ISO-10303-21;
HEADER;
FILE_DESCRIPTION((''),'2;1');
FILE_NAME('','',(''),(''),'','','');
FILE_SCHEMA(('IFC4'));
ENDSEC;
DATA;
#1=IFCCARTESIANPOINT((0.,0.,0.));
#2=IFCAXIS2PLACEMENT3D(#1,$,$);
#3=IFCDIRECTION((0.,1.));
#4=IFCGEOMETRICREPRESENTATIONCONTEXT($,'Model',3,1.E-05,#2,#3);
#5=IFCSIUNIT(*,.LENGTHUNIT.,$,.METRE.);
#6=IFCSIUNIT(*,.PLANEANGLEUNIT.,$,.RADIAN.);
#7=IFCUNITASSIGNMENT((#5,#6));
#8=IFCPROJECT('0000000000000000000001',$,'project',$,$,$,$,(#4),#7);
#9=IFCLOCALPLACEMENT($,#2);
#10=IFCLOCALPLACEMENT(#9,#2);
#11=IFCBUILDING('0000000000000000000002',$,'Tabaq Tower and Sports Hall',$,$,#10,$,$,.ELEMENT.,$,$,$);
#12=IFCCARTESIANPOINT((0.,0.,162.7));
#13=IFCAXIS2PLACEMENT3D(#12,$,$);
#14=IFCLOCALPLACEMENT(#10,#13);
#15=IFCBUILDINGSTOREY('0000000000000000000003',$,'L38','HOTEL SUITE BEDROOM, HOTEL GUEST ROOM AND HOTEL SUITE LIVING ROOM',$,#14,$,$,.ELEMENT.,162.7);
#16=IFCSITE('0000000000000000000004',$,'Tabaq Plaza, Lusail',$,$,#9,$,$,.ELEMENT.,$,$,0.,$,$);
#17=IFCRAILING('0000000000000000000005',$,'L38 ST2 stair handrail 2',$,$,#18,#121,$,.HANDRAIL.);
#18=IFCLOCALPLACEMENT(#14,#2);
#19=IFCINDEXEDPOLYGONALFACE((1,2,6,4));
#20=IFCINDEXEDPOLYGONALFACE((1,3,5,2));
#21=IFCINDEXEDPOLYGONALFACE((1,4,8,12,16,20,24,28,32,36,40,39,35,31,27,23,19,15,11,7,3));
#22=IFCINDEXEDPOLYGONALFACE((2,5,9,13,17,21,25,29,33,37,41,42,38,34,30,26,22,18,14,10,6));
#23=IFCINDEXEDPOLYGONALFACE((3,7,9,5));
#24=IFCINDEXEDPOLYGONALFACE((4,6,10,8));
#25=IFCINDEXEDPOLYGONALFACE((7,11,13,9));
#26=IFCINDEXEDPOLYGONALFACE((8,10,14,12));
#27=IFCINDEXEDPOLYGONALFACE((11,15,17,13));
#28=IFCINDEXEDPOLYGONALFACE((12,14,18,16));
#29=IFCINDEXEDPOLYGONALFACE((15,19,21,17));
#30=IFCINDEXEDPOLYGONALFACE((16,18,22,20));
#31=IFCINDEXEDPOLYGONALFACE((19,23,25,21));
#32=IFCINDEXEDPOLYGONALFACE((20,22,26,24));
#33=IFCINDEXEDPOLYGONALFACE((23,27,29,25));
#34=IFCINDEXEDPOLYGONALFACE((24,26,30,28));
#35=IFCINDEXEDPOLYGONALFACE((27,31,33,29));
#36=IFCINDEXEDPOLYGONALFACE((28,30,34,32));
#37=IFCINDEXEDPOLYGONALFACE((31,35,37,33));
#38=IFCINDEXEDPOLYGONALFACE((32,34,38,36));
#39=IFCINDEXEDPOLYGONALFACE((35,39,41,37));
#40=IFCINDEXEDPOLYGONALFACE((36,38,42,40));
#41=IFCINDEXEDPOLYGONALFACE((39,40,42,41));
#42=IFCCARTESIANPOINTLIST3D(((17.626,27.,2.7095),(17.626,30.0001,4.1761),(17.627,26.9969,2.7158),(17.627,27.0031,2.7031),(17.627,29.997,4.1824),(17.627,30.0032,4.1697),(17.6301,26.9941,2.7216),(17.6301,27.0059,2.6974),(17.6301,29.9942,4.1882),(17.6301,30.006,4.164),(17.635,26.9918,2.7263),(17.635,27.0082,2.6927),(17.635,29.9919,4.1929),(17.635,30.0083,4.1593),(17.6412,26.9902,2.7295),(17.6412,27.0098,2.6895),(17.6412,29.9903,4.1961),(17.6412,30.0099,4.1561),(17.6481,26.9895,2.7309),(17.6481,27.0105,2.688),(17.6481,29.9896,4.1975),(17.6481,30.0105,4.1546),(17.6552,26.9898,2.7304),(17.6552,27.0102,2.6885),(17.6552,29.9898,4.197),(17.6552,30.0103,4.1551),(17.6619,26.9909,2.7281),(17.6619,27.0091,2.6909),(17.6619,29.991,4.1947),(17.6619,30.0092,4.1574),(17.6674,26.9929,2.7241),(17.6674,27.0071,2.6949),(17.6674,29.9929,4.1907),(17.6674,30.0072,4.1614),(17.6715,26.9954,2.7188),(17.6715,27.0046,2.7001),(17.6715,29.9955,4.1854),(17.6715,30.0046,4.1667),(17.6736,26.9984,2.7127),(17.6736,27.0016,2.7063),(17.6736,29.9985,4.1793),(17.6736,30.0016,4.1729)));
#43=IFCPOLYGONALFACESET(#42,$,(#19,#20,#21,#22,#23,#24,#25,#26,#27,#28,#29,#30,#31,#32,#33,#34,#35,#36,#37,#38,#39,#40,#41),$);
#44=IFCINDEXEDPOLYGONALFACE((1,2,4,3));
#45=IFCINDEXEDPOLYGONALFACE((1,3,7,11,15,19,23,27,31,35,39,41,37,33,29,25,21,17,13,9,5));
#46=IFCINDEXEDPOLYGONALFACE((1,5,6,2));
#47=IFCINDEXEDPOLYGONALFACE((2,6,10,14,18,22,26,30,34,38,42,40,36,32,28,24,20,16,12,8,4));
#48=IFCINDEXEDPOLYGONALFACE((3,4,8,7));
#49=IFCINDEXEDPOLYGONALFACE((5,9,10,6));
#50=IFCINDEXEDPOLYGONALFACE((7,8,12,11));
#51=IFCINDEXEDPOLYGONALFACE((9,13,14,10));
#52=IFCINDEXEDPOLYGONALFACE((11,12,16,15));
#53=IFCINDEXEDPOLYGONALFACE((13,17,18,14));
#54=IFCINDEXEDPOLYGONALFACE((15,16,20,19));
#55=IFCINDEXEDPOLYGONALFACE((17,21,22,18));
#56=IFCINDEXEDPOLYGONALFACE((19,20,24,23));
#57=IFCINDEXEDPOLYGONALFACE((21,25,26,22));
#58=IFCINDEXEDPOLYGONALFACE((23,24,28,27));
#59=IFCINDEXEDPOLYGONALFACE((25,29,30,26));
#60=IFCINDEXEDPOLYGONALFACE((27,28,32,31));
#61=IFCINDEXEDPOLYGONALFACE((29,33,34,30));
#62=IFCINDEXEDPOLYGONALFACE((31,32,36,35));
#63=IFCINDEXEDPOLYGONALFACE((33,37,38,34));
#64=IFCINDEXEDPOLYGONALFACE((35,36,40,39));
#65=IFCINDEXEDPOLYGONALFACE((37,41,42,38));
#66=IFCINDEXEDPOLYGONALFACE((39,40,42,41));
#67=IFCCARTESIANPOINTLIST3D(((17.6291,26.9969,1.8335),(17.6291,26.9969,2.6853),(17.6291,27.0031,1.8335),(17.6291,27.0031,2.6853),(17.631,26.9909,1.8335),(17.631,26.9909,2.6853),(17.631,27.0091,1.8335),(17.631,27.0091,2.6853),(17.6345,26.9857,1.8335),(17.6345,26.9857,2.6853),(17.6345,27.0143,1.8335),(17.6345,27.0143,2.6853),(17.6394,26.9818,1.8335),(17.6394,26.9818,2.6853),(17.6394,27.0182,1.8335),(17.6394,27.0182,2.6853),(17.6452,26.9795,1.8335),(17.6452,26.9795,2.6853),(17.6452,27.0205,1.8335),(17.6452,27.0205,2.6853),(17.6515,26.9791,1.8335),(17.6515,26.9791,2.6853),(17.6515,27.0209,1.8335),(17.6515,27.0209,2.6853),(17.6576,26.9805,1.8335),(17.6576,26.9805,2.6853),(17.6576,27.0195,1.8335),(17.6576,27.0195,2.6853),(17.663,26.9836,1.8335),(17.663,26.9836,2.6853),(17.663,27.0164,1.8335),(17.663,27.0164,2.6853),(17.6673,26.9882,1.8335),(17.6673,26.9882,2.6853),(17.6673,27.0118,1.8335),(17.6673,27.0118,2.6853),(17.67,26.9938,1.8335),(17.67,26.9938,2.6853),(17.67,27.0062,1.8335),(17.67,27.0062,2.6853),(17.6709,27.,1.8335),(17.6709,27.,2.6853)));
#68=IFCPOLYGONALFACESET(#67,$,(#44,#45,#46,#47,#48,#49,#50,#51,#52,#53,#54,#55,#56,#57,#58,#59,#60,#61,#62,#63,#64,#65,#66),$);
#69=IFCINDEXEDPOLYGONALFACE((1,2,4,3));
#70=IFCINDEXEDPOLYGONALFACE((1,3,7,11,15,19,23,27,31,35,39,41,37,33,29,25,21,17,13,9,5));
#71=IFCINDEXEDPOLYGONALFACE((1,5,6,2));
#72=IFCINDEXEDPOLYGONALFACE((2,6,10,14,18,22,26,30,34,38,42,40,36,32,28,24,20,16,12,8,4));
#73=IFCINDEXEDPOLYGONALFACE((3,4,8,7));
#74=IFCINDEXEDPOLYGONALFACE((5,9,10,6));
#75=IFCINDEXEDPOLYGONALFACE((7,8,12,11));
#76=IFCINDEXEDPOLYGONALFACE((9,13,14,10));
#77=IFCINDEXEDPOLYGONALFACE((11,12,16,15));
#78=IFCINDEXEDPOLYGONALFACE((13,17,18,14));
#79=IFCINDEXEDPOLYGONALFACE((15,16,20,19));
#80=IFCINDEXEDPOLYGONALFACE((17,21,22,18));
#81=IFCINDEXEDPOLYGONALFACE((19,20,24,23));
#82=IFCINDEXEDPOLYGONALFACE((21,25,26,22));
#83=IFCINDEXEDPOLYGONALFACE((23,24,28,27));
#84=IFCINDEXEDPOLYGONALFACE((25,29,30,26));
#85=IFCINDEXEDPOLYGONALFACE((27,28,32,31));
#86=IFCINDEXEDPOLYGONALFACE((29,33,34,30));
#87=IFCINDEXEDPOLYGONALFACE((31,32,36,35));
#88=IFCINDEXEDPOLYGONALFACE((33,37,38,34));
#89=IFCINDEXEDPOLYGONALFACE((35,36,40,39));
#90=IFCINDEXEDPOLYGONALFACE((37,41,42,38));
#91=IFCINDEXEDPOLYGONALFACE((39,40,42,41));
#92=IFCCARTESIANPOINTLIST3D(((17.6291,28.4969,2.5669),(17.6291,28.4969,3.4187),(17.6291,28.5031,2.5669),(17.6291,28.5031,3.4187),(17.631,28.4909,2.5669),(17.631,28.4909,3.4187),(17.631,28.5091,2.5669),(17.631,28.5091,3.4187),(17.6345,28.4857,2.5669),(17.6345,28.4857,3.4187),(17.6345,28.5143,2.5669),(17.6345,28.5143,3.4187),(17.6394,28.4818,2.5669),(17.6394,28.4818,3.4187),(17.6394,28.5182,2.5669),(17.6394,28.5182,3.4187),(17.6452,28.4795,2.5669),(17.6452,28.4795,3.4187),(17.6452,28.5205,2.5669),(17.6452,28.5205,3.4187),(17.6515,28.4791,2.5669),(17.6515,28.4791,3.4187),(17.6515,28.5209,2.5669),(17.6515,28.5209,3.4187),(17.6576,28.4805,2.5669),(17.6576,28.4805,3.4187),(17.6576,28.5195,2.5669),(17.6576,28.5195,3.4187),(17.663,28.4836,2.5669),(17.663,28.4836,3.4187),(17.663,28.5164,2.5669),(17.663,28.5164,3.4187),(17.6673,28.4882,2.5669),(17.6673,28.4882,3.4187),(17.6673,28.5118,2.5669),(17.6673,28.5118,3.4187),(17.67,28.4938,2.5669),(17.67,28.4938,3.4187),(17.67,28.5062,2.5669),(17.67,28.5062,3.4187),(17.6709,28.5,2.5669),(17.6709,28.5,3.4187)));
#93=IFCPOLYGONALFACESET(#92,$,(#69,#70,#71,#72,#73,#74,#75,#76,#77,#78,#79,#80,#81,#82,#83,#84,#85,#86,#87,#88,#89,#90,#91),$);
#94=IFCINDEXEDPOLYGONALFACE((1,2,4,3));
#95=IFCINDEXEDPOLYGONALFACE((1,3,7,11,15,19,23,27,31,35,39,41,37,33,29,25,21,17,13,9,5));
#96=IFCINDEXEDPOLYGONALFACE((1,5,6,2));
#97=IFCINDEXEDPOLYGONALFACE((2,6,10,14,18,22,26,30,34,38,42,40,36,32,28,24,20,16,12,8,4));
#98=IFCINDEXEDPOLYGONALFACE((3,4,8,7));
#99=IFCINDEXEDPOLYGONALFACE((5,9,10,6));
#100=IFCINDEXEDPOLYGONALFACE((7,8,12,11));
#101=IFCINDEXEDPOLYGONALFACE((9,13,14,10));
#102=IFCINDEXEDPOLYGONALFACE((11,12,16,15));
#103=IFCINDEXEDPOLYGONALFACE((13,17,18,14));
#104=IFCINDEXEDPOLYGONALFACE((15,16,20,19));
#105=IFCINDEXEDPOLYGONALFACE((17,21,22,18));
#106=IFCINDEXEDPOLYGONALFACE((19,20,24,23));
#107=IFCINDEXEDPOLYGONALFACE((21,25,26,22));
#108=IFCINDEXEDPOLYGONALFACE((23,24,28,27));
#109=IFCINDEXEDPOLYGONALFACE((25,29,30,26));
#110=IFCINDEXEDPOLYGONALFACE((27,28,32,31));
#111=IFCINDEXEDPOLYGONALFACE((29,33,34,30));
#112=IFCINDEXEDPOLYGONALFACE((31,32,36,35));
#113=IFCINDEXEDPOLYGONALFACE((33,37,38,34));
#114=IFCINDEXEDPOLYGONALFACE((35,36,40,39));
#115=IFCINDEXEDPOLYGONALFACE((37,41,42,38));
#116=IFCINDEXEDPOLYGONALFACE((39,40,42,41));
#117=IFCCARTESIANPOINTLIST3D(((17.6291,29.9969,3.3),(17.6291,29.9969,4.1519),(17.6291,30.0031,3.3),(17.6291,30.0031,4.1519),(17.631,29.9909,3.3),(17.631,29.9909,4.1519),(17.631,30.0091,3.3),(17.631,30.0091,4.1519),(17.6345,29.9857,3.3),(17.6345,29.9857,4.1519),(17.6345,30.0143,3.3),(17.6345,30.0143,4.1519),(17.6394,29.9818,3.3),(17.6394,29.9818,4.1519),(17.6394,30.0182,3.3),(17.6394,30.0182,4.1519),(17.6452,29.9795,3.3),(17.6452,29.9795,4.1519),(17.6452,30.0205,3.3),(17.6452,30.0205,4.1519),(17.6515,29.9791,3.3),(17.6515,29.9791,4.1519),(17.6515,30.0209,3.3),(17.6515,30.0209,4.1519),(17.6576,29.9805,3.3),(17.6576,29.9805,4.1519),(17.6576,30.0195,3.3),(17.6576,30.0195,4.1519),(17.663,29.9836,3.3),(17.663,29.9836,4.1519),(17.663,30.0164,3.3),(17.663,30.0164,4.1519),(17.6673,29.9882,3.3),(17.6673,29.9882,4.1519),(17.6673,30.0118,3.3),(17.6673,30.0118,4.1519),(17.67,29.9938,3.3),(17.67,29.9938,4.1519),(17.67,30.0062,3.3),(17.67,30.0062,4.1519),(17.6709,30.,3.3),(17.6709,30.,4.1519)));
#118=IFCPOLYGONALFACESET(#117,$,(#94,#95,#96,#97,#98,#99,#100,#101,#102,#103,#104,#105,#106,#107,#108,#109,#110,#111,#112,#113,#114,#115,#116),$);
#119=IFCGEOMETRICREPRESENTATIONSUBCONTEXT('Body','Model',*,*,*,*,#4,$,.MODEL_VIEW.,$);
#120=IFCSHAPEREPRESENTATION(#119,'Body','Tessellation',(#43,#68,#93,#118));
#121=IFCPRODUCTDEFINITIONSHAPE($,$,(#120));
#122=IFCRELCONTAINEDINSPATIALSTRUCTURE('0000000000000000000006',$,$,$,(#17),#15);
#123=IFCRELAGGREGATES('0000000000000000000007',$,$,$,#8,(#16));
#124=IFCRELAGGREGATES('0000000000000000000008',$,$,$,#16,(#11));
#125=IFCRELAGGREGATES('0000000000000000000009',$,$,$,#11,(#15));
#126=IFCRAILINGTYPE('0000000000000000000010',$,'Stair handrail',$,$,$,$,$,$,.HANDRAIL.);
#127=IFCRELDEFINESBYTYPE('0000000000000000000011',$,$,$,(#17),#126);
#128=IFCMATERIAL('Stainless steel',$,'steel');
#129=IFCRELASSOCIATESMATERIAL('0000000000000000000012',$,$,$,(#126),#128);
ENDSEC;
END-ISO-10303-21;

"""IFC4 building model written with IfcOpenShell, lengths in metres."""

from ifc_helpers import new_model, si_unit, direction, frame, origin, origin_2d, place, context, subcontext, project, spatial, circle, extrude, material, type_object, element, save


model = new_model("IFC4")

# Units and contexts
model_context = context("Model", 3, precision=1e-05, world=origin(), true_north=direction((0.0, 1.0)))
body_context = subcontext(model_context, "Body", "Model", "MODEL_VIEW")
ifc_project = project(units=[si_unit("LENGTHUNIT", "METRE"), si_unit("PLANEANGLEUNIT", "RADIAN")], contexts=[model_context])

# Site, building, storey
site_placement = place(None, origin())
site = spatial("IfcSite", under=ifc_project, at=site_placement, Name="Tabaq Plaza, Lusail", CompositionType="ELEMENT", RefElevation=0.0)
building_placement = place(site_placement, origin())
building = spatial("IfcBuilding", under=site, at=building_placement, Name="Tabaq Tower and Sports Hall", CompositionType="ELEMENT")
storey_placement = place(building_placement, frame((0.0, 0.0, 162.7)))
storey = spatial("IfcBuildingStorey", under=building, at=storey_placement, Name="L38", Description="HOTEL SUITE BEDROOM, HOTEL GUEST ROOM AND HOTEL SUITE LIVING ROOM", CompositionType="ELEMENT", Elevation=162.7)

# Railing
ifc_material_1 = material(Name="Stainless steel", Category="steel")
railing_type_1 = type_object("IfcRailingType", Name="Stair handrail", PredefinedType="HANDRAIL", material=ifc_material_1)
railing_1_placement = place(storey_placement, frame((17.6499, 27.0, 1.8335)))
element("IfcRailing", 1, at=railing_1_placement, inside=storey, type_object=railing_type_1, Name="L38 ST2 stair handrail 2", PredefinedType="HANDRAIL", context=body_context, shape_type="SweptSolid", body=[
    extrude(circle(Radius=0.0239, at=origin_2d()), frame((0.0, 0.0, 0.876), z_axis=(0.0, 0.898398, 0.439183), x_axis=(-1.0, 0.0, 0.0)), (0.0, 0.0, 1.0), 3.3394),
    extrude(circle(Radius=0.021, at=origin_2d()), origin(), (0.0, 0.0, 1.0), 0.8518),
    extrude(circle(Radius=0.021, at=origin_2d()), frame((0.0, 1.5, 0.7334)), (0.0, 0.0, 1.0), 0.8518),
    extrude(circle(Radius=0.021, at=origin_2d()), frame((0.0, 3.0, 1.4666)), (0.0, 0.0, 1.0), 0.8518),
])

save(model, "model.ifc")
